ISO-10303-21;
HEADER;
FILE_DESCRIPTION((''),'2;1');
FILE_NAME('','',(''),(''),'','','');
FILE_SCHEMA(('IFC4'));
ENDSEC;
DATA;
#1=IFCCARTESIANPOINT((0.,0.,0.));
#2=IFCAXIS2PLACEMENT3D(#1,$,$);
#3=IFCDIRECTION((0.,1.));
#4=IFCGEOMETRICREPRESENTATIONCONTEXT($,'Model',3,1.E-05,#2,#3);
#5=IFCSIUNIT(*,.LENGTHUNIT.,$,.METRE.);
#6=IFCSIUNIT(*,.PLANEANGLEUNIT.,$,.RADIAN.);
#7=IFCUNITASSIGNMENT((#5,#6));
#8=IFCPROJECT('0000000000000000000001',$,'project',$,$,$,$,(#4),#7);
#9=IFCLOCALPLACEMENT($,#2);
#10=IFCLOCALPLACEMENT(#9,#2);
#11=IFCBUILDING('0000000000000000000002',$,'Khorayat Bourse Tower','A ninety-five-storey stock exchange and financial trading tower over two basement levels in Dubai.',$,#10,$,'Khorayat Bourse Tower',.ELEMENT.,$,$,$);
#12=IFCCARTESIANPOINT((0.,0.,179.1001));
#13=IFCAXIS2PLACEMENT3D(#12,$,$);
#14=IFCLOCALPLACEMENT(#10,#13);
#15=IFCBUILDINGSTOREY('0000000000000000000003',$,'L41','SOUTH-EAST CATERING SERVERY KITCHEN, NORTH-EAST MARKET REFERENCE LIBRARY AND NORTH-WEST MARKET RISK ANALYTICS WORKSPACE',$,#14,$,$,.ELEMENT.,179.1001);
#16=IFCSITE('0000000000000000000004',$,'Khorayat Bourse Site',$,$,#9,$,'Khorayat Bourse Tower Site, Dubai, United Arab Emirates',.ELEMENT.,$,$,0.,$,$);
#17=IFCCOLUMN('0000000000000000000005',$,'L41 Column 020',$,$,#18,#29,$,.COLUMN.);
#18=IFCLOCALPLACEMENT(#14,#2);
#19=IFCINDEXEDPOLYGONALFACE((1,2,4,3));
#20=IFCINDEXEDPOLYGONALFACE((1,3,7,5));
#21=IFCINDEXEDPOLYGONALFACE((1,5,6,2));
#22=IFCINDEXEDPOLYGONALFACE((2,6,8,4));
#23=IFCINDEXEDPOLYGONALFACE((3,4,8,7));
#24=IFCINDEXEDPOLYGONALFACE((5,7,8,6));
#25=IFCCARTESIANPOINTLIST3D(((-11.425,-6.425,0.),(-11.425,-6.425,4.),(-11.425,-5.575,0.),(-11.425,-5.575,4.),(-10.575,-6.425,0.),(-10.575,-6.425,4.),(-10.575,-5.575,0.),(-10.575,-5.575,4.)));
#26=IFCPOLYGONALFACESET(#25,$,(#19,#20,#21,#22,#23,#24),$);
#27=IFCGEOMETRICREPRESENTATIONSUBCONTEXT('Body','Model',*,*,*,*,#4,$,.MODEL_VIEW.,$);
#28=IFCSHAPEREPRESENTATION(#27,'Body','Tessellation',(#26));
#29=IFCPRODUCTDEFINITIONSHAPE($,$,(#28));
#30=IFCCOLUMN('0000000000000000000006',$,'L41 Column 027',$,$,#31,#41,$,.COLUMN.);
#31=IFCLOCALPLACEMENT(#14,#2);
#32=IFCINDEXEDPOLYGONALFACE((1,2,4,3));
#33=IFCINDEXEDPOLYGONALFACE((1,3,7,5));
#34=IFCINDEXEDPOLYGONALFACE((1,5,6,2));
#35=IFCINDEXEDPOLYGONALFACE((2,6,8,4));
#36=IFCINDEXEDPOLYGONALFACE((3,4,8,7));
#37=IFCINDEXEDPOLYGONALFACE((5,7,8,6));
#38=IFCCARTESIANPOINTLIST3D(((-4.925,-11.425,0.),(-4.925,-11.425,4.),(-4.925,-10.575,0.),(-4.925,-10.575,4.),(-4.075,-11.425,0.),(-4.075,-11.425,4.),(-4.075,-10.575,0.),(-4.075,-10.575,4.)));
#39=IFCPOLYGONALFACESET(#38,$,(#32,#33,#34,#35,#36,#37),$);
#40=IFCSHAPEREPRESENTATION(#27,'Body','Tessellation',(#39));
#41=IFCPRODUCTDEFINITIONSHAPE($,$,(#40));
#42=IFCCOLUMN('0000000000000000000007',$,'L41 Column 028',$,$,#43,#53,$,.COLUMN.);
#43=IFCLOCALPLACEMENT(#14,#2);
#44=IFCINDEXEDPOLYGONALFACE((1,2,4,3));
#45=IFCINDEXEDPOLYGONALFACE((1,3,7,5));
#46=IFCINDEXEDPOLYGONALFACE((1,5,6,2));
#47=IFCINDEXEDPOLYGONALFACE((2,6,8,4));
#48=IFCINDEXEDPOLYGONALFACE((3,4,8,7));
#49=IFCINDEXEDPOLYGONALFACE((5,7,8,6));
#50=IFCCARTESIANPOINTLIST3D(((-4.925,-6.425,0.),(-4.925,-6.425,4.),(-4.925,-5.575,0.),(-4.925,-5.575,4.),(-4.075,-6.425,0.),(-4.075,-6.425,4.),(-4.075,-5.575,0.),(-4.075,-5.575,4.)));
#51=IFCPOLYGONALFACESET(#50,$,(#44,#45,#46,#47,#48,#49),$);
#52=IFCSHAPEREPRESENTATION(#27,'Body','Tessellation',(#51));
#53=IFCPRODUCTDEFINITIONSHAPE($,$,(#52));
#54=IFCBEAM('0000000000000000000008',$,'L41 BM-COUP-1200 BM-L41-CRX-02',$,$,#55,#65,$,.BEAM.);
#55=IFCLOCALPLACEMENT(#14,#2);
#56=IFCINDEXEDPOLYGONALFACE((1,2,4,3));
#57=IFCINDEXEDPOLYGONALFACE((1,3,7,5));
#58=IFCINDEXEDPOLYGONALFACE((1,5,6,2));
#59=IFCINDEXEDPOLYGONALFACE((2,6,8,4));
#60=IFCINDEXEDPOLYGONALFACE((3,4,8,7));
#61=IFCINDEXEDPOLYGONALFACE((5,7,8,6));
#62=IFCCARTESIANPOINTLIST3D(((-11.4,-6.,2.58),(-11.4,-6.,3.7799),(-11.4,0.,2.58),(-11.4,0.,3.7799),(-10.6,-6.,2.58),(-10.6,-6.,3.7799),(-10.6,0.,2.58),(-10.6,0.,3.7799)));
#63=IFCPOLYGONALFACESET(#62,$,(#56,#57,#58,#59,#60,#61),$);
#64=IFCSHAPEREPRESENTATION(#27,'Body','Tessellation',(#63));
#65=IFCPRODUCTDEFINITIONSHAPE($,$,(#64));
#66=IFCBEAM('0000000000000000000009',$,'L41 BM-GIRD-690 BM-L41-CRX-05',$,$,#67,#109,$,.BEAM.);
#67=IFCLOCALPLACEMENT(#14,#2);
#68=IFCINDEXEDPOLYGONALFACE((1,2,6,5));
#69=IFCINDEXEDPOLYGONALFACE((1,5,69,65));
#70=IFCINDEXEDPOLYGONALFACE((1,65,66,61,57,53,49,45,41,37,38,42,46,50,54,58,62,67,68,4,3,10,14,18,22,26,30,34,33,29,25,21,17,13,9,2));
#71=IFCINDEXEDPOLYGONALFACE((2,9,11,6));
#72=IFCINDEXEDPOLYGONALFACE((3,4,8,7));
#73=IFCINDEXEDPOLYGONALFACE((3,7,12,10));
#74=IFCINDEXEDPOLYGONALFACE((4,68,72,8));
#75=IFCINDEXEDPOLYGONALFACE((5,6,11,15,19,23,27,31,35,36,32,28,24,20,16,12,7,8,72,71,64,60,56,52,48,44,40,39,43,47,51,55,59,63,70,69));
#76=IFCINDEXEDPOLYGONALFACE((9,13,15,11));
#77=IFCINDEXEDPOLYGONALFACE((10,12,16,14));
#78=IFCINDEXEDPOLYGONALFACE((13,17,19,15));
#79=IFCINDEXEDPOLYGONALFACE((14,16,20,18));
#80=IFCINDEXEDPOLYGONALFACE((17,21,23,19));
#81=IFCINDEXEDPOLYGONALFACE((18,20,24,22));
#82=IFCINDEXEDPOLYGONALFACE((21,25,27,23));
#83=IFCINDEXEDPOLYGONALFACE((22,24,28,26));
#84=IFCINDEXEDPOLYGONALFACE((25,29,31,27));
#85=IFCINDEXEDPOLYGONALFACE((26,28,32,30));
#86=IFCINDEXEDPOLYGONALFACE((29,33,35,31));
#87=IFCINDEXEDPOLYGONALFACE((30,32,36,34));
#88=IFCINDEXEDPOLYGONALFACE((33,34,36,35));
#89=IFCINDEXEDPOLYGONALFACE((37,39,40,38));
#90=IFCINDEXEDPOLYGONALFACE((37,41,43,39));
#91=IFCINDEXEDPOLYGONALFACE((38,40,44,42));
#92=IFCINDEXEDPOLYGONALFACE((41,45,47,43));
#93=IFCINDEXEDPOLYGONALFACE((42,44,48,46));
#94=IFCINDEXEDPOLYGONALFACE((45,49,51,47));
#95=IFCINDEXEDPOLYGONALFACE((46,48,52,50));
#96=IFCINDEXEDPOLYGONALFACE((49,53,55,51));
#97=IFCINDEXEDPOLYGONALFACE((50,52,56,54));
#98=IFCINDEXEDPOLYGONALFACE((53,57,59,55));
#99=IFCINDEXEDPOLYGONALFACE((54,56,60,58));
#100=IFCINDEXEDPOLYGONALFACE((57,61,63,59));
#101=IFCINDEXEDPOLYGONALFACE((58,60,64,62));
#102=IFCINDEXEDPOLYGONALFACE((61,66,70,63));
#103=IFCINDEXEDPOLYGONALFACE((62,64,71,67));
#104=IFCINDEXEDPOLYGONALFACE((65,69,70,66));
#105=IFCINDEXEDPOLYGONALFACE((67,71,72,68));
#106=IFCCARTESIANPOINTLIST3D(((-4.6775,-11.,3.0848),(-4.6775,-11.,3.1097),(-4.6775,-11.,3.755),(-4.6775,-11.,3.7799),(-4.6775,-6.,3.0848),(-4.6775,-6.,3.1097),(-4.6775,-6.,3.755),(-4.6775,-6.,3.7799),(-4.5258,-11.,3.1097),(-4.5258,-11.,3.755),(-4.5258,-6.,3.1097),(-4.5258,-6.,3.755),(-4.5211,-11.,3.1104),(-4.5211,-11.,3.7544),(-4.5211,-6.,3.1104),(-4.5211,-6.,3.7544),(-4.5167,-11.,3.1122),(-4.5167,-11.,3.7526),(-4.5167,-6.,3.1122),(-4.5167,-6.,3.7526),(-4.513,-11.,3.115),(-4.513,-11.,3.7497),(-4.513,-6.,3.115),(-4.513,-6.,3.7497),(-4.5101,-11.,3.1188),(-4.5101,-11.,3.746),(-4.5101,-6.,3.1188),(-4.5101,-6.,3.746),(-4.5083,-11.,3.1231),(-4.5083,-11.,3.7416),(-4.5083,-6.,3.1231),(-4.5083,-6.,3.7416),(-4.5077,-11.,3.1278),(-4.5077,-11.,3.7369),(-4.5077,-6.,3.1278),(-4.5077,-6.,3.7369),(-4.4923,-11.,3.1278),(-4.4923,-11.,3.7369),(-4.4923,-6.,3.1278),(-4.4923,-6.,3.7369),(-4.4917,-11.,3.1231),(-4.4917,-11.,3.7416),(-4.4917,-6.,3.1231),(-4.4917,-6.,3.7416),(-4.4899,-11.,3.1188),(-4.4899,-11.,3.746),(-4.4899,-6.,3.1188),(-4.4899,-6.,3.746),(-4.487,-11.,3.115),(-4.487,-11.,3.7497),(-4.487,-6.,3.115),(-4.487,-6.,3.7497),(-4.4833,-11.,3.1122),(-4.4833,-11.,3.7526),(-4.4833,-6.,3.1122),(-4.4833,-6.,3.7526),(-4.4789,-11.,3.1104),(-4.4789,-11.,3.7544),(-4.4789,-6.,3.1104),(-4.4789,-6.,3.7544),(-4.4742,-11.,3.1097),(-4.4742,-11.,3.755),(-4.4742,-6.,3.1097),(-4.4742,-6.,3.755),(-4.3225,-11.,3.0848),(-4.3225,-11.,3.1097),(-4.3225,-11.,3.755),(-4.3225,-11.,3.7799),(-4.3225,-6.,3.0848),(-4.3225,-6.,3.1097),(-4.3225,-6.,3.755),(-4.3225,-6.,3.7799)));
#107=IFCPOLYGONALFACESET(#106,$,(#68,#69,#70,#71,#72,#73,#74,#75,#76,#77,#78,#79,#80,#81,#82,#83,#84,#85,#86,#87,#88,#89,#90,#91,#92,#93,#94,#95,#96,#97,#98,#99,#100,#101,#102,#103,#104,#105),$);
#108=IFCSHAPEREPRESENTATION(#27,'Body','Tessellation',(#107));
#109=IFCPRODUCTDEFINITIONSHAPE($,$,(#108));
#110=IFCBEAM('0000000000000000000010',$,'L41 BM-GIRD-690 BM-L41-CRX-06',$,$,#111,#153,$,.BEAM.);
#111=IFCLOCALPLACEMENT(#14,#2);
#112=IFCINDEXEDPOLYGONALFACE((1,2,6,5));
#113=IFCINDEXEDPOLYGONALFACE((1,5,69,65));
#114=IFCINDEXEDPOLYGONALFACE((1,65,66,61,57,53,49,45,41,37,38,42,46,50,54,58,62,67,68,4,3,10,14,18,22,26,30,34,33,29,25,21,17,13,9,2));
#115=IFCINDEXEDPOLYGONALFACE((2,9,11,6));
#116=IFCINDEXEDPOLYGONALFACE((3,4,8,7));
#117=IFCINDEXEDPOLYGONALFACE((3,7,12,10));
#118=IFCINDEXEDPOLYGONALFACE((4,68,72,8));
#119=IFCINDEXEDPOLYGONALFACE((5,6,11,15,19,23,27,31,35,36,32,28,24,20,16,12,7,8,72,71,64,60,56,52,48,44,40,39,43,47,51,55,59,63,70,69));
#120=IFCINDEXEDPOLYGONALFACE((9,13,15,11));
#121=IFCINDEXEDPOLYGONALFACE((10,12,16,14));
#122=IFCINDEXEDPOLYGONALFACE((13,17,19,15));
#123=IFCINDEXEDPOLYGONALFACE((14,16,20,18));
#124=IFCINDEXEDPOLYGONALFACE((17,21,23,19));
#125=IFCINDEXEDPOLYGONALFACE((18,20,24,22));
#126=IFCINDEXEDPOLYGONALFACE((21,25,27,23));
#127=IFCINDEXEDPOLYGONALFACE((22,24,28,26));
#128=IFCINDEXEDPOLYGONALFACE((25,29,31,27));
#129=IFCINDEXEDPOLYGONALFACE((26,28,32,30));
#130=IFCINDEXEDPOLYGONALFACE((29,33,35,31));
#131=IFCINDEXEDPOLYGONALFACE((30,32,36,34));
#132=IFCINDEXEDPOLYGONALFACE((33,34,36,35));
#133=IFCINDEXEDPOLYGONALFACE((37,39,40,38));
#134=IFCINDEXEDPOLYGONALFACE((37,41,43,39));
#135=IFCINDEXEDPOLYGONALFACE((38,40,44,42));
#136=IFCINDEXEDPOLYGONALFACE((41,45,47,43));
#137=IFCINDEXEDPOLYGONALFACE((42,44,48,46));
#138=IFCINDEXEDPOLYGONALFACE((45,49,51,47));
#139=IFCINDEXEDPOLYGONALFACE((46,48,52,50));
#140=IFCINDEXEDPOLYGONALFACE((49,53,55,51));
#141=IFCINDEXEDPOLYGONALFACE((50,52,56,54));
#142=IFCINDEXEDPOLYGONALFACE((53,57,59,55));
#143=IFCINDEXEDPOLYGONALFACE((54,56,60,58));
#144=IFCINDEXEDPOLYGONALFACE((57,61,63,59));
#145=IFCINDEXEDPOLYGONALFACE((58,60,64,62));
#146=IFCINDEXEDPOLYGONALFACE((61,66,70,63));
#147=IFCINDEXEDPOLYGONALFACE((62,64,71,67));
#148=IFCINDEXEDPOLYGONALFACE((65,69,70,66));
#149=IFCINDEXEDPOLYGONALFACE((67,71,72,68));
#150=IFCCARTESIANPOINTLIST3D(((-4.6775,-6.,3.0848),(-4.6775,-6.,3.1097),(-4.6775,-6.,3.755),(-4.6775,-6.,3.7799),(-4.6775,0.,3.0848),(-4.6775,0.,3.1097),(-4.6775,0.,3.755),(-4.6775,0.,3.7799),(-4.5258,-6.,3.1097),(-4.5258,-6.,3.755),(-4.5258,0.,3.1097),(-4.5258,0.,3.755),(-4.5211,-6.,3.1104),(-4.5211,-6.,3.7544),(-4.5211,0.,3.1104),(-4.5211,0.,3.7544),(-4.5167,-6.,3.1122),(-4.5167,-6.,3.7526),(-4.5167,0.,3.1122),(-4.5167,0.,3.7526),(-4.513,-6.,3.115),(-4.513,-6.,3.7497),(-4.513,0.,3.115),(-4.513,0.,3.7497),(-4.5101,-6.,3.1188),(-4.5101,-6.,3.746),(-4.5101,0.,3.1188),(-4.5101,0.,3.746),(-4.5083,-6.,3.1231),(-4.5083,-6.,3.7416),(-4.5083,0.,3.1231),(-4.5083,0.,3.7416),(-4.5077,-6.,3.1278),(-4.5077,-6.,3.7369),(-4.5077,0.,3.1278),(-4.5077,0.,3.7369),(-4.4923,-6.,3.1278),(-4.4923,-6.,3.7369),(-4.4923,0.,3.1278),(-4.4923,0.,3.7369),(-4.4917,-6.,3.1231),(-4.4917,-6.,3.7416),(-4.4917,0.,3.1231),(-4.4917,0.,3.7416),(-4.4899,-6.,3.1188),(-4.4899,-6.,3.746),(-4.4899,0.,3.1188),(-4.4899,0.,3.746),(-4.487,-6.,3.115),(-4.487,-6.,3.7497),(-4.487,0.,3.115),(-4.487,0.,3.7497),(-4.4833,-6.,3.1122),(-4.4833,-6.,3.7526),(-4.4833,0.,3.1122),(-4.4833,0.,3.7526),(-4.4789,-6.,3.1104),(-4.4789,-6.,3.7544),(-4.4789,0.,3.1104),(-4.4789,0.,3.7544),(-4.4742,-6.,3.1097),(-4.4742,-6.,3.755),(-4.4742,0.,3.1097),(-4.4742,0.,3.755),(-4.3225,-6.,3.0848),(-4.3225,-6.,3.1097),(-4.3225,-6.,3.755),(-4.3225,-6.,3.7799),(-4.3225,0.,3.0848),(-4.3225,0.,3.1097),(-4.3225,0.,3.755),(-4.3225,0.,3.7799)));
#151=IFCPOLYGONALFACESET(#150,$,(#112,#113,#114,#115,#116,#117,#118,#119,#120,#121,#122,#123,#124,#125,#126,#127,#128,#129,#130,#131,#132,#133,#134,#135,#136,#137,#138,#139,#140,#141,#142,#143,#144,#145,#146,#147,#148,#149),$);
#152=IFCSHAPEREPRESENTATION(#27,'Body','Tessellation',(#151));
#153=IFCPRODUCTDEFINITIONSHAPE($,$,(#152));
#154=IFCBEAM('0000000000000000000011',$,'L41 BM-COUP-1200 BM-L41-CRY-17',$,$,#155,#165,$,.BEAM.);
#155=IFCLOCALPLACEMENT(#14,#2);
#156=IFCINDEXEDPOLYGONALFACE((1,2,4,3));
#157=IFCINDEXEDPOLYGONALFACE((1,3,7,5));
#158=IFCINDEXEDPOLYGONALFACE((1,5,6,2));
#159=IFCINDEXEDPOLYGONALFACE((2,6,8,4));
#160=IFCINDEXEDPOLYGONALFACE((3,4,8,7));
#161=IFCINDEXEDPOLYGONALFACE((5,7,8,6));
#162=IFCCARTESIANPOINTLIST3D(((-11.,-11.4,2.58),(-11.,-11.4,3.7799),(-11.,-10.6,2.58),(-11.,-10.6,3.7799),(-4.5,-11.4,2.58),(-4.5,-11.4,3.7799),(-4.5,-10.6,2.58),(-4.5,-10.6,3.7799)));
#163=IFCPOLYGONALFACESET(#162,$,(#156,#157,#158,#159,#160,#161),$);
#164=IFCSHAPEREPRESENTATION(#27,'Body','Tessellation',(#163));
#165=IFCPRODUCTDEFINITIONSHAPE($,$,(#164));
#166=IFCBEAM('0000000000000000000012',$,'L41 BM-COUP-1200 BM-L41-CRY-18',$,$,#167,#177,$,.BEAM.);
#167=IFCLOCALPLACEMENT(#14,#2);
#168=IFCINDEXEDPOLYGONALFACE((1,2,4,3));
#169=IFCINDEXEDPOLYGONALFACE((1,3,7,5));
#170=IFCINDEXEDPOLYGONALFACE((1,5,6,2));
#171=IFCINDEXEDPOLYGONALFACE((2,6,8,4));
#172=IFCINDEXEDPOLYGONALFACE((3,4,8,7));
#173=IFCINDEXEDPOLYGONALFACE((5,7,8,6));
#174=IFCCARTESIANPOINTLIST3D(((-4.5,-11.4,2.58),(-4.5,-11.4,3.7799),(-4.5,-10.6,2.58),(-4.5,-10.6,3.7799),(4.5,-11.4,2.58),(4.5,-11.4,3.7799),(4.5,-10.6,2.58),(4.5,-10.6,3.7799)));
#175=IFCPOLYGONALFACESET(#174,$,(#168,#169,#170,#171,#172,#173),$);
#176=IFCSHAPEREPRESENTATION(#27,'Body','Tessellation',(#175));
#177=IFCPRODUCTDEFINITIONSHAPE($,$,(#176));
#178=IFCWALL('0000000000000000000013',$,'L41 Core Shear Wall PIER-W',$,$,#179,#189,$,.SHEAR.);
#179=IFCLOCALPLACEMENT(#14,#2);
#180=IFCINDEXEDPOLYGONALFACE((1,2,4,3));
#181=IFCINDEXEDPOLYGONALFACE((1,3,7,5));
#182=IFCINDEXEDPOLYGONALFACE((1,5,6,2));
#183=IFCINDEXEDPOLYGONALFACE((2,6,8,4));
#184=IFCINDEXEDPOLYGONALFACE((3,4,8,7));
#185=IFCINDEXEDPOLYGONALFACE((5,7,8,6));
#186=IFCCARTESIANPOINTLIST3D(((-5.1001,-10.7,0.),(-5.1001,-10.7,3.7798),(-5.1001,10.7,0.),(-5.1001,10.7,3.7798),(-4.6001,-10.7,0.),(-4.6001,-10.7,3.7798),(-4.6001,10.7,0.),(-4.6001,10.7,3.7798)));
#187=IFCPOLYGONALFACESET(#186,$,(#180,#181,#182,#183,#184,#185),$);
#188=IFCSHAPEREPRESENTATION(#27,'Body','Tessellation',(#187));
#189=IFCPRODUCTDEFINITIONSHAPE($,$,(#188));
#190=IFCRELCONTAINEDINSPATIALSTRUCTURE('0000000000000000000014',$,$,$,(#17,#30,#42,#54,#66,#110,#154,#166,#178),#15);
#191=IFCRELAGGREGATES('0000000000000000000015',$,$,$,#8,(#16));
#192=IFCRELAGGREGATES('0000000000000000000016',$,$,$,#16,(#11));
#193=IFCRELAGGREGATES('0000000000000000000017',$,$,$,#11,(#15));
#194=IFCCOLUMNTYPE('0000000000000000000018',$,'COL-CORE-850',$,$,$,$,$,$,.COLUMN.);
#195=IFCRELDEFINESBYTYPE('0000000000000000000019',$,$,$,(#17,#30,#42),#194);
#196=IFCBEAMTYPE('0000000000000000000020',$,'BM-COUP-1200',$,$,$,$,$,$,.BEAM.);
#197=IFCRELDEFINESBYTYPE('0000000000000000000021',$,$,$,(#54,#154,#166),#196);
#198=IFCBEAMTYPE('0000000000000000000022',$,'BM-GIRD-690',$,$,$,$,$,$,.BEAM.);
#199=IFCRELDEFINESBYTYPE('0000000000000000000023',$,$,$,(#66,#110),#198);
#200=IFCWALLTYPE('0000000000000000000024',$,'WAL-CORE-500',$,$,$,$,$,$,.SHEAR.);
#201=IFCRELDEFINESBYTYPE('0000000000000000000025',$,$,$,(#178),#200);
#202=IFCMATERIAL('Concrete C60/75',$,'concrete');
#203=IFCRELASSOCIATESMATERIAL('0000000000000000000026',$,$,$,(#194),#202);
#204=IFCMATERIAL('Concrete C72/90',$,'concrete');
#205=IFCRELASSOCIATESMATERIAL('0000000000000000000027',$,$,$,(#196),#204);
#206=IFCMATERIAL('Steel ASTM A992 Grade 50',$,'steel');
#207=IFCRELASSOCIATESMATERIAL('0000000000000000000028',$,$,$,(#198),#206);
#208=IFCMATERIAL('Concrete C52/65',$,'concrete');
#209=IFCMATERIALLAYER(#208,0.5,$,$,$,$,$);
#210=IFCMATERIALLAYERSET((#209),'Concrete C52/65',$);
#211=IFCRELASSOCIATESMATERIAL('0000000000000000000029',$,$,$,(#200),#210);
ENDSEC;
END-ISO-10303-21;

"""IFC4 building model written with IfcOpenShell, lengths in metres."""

from ifc_helpers import new_model, si_unit, direction, frame, frame_2d, origin, origin_2d, place, context, subcontext, project, spatial, rectangle, i_section, extrude, source, transform, mapped, material, layer, layer_set, material_profile, profile_set, type_object, element, save


model = new_model("IFC4")

# Units and contexts
model_context = context("Model", 3, precision=1e-05, world=origin(), true_north=direction((0.0, 1.0)))
body_context = subcontext(model_context, "Body", "Model", "MODEL_VIEW")
ifc_project = project(units=[si_unit("LENGTHUNIT", "METRE"), si_unit("PLANEANGLEUNIT", "RADIAN")], contexts=[model_context])

# Site, building, storey
site_placement = place(None, origin())
site = spatial("IfcSite", under=ifc_project, at=site_placement, Name="Khorayat Bourse Site", LongName="Khorayat Bourse Tower Site, Dubai, United Arab Emirates", CompositionType="ELEMENT", RefElevation=0.0)
building_placement = place(site_placement, origin())
building = spatial("IfcBuilding", under=site, at=building_placement, Name="Khorayat Bourse Tower", Description="A ninety-five-storey stock exchange and financial trading tower over two basement levels in Dubai.", LongName="Khorayat Bourse Tower", CompositionType="ELEMENT")
storey_placement = place(building_placement, frame((0.0, 0.0, 179.1001)))
storey = spatial("IfcBuildingStorey", under=building, at=storey_placement, Name="L41", Description="SOUTH-EAST CATERING SERVERY KITCHEN, NORTH-EAST MARKET REFERENCE LIBRARY AND NORTH-WEST MARKET RISK ANALYTICS WORKSPACE", CompositionType="ELEMENT", Elevation=179.1001)

# Columns
ifc_material_1 = material(Name="Concrete C60/75", Category="concrete")
ifc_material_profile_1 = material_profile(ifc_material_1, rectangle(XDim=0.8501, YDim=0.8501, at=origin_2d()), Name="RC 850x850")
ifc_profile_set_1 = profile_set([ifc_material_profile_1], Name="Concrete C60/75")
column_type = type_object("IfcColumnType", Name="COL-CORE-850", PredefinedType="COLUMN", material=ifc_profile_set_1)
shared_shape_1 = source(origin(), body_context, "Body", "SweptSolid", [
    extrude(rectangle(XDim=0.8501, YDim=0.8501, at=origin_2d()), origin(), (0.0, 0.0, 1.0), 4.0),
])
for number, where, z_axis, x_axis, name in (
    (1, (-11.0, -6.0, 0.0), (0.0, 0.0, 1.0), (1.0, 0.0, 0.0), "L41 Column 020"),
    (2, (-4.5, -11.0, 0.0), (0.0, 0.0, 1.0), (1.0, 0.0, 0.0), "L41 Column 027"),
    (3, (-4.5, -6.0, 0.0), (0.0, 0.0, 1.0), (1.0, 0.0, 0.0), "L41 Column 028"),
):
    element("IfcColumn", number, at=place(storey_placement, frame(where, z_axis=z_axis, x_axis=x_axis)), inside=storey, type_object=column_type, Name=name, PredefinedType="COLUMN", context=body_context, shape_type="MappedRepresentation", body=[
        mapped(shared_shape_1, transform((0.0, 0.0, 0.0), scale=1.0)),
    ])

# Beams
ifc_material_2 = material(Name="Concrete C72/90", Category="concrete")
ifc_material_profile_2 = material_profile(ifc_material_2, rectangle(XDim=0.8, YDim=1.2, at=origin_2d()), Name="RC 800x1200")
ifc_profile_set_2 = profile_set([ifc_material_profile_2], Name="Concrete C72/90")
beam_type_1 = type_object("IfcBeamType", Name="BM-COUP-1200", PredefinedType="BEAM", material=ifc_profile_set_2)
shared_shape_2 = source(origin(), body_context, "Body", "SweptSolid", [
    extrude(rectangle(XDim=0.8, YDim=1.2, at=origin_2d()), origin(), (0.0, 0.0, 1.0), 6.0),
])
beam_1_placement = place(storey_placement, frame((-11.0, -6.0, 3.1799), z_axis=(0.0, 1.0, 0.0), x_axis=(-1.0, 0.0, 0.0)))
element("IfcBeam", 4, at=beam_1_placement, inside=storey, type_object=beam_type_1, Name="L41 BM-COUP-1200 BM-L41-CRX-02", PredefinedType="BEAM", context=body_context, shape_type="MappedRepresentation", body=[
    mapped(shared_shape_2, transform((0.0, 0.0, 0.0), scale=1.0)),
])
ifc_material_3 = material(Name="Steel ASTM A992 Grade 50", Category="steel")
ifc_material_profile_3 = material_profile(ifc_material_3, i_section(OverallWidth=0.355, OverallDepth=0.6951, WebThickness=0.0154, FlangeThickness=0.0249, FilletRadius=0.0181, at=origin_2d()), Name="W690X217")
ifc_profile_set_3 = profile_set([ifc_material_profile_3], Name="Steel ASTM A992 Grade 50")
beam_type_2 = type_object("IfcBeamType", Name="BM-GIRD-690", PredefinedType="BEAM", material=ifc_profile_set_3)
shared_shape_3 = source(origin(), body_context, "Body", "SweptSolid", [
    extrude(i_section(OverallWidth=0.355, OverallDepth=0.6951, WebThickness=0.0154, FlangeThickness=0.0249, FilletRadius=0.0181, at=origin_2d()), origin(), (0.0, 0.0, 1.0), 5.0),
])
beam_2_placement = place(storey_placement, frame((-4.5, -11.0, 3.4324), z_axis=(0.0, 1.0, 0.0), x_axis=(-1.0, 0.0, 0.0)))
element("IfcBeam", 5, at=beam_2_placement, inside=storey, type_object=beam_type_2, Name="L41 BM-GIRD-690 BM-L41-CRX-05", PredefinedType="BEAM", context=body_context, shape_type="MappedRepresentation", body=[
    mapped(shared_shape_3, transform((0.0, 0.0, 0.0), scale=1.0)),
])
shared_shape_4 = source(origin(), body_context, "Body", "SweptSolid", [
    extrude(i_section(OverallWidth=0.355, OverallDepth=0.6951, WebThickness=0.0154, FlangeThickness=0.0249, FilletRadius=0.0181, at=origin_2d()), origin(), (0.0, 0.0, 1.0), 6.0),
])
beam_3_placement = place(storey_placement, frame((-4.5, -6.0, 3.4324), z_axis=(0.0, 1.0, 0.0), x_axis=(-1.0, 0.0, 0.0)))
element("IfcBeam", 6, at=beam_3_placement, inside=storey, type_object=beam_type_2, Name="L41 BM-GIRD-690 BM-L41-CRX-06", PredefinedType="BEAM", context=body_context, shape_type="MappedRepresentation", body=[
    mapped(shared_shape_4, transform((0.0, 0.0, 0.0), scale=1.0)),
])
shared_shape_5 = source(origin(), body_context, "Body", "SweptSolid", [
    extrude(rectangle(XDim=0.8, YDim=1.2, at=origin_2d()), origin(), (0.0, 0.0, 1.0), 6.5),
])
beam_4_placement = place(storey_placement, frame((-11.0, -11.0, 3.1799), z_axis=(1.0, 0.0, 0.0), x_axis=(0.0, 1.0, 0.0)))
element("IfcBeam", 7, at=beam_4_placement, inside=storey, type_object=beam_type_1, Name="L41 BM-COUP-1200 BM-L41-CRY-17", PredefinedType="BEAM", context=body_context, shape_type="MappedRepresentation", body=[
    mapped(shared_shape_5, transform((0.0, 0.0, 0.0), scale=1.0)),
])
shared_shape_6 = source(origin(), body_context, "Body", "SweptSolid", [
    extrude(rectangle(XDim=0.8, YDim=1.2, at=origin_2d()), origin(), (0.0, 0.0, 1.0), 9.0),
])
beam_5_placement = place(storey_placement, frame((-4.5, -11.0, 3.1799), z_axis=(1.0, 0.0, 0.0), x_axis=(0.0, 1.0, 0.0)))
element("IfcBeam", 8, at=beam_5_placement, inside=storey, type_object=beam_type_1, Name="L41 BM-COUP-1200 BM-L41-CRY-18", PredefinedType="BEAM", context=body_context, shape_type="MappedRepresentation", body=[
    mapped(shared_shape_6, transform((0.0, 0.0, 0.0), scale=1.0)),
])

# Wall
ifc_material_4 = material(Name="Concrete C52/65", Category="concrete")
ifc_layer_1 = layer(ifc_material_4, 0.5)
ifc_layer_set_1 = layer_set([ifc_layer_1], Name="Concrete C52/65")
wall_type_1 = type_object("IfcWallType", Name="WAL-CORE-500", PredefinedType="SHEAR", material=ifc_layer_set_1)
shared_shape_7 = source(origin(), body_context, "Body", "SweptSolid", [
    extrude(rectangle(XDim=21.3999, YDim=0.5, at=frame_2d((10.7, 0.0))), origin(), (0.0, 0.0, 1.0), 3.7798),
])
wall_1_placement = place(storey_placement, frame((-4.8501, -10.7, 0.0), z_axis=(0.0, 0.0, 1.0), x_axis=(0.0, 1.0, 0.0)))
element("IfcWall", 9, at=wall_1_placement, inside=storey, type_object=wall_type_1, Name="L41 Core Shear Wall PIER-W", PredefinedType="SHEAR", context=body_context, shape_type="MappedRepresentation", body=[
    mapped(shared_shape_7, transform((0.0, 0.0, 0.0), scale=1.0)),
])

save(model, "model.ifc")
